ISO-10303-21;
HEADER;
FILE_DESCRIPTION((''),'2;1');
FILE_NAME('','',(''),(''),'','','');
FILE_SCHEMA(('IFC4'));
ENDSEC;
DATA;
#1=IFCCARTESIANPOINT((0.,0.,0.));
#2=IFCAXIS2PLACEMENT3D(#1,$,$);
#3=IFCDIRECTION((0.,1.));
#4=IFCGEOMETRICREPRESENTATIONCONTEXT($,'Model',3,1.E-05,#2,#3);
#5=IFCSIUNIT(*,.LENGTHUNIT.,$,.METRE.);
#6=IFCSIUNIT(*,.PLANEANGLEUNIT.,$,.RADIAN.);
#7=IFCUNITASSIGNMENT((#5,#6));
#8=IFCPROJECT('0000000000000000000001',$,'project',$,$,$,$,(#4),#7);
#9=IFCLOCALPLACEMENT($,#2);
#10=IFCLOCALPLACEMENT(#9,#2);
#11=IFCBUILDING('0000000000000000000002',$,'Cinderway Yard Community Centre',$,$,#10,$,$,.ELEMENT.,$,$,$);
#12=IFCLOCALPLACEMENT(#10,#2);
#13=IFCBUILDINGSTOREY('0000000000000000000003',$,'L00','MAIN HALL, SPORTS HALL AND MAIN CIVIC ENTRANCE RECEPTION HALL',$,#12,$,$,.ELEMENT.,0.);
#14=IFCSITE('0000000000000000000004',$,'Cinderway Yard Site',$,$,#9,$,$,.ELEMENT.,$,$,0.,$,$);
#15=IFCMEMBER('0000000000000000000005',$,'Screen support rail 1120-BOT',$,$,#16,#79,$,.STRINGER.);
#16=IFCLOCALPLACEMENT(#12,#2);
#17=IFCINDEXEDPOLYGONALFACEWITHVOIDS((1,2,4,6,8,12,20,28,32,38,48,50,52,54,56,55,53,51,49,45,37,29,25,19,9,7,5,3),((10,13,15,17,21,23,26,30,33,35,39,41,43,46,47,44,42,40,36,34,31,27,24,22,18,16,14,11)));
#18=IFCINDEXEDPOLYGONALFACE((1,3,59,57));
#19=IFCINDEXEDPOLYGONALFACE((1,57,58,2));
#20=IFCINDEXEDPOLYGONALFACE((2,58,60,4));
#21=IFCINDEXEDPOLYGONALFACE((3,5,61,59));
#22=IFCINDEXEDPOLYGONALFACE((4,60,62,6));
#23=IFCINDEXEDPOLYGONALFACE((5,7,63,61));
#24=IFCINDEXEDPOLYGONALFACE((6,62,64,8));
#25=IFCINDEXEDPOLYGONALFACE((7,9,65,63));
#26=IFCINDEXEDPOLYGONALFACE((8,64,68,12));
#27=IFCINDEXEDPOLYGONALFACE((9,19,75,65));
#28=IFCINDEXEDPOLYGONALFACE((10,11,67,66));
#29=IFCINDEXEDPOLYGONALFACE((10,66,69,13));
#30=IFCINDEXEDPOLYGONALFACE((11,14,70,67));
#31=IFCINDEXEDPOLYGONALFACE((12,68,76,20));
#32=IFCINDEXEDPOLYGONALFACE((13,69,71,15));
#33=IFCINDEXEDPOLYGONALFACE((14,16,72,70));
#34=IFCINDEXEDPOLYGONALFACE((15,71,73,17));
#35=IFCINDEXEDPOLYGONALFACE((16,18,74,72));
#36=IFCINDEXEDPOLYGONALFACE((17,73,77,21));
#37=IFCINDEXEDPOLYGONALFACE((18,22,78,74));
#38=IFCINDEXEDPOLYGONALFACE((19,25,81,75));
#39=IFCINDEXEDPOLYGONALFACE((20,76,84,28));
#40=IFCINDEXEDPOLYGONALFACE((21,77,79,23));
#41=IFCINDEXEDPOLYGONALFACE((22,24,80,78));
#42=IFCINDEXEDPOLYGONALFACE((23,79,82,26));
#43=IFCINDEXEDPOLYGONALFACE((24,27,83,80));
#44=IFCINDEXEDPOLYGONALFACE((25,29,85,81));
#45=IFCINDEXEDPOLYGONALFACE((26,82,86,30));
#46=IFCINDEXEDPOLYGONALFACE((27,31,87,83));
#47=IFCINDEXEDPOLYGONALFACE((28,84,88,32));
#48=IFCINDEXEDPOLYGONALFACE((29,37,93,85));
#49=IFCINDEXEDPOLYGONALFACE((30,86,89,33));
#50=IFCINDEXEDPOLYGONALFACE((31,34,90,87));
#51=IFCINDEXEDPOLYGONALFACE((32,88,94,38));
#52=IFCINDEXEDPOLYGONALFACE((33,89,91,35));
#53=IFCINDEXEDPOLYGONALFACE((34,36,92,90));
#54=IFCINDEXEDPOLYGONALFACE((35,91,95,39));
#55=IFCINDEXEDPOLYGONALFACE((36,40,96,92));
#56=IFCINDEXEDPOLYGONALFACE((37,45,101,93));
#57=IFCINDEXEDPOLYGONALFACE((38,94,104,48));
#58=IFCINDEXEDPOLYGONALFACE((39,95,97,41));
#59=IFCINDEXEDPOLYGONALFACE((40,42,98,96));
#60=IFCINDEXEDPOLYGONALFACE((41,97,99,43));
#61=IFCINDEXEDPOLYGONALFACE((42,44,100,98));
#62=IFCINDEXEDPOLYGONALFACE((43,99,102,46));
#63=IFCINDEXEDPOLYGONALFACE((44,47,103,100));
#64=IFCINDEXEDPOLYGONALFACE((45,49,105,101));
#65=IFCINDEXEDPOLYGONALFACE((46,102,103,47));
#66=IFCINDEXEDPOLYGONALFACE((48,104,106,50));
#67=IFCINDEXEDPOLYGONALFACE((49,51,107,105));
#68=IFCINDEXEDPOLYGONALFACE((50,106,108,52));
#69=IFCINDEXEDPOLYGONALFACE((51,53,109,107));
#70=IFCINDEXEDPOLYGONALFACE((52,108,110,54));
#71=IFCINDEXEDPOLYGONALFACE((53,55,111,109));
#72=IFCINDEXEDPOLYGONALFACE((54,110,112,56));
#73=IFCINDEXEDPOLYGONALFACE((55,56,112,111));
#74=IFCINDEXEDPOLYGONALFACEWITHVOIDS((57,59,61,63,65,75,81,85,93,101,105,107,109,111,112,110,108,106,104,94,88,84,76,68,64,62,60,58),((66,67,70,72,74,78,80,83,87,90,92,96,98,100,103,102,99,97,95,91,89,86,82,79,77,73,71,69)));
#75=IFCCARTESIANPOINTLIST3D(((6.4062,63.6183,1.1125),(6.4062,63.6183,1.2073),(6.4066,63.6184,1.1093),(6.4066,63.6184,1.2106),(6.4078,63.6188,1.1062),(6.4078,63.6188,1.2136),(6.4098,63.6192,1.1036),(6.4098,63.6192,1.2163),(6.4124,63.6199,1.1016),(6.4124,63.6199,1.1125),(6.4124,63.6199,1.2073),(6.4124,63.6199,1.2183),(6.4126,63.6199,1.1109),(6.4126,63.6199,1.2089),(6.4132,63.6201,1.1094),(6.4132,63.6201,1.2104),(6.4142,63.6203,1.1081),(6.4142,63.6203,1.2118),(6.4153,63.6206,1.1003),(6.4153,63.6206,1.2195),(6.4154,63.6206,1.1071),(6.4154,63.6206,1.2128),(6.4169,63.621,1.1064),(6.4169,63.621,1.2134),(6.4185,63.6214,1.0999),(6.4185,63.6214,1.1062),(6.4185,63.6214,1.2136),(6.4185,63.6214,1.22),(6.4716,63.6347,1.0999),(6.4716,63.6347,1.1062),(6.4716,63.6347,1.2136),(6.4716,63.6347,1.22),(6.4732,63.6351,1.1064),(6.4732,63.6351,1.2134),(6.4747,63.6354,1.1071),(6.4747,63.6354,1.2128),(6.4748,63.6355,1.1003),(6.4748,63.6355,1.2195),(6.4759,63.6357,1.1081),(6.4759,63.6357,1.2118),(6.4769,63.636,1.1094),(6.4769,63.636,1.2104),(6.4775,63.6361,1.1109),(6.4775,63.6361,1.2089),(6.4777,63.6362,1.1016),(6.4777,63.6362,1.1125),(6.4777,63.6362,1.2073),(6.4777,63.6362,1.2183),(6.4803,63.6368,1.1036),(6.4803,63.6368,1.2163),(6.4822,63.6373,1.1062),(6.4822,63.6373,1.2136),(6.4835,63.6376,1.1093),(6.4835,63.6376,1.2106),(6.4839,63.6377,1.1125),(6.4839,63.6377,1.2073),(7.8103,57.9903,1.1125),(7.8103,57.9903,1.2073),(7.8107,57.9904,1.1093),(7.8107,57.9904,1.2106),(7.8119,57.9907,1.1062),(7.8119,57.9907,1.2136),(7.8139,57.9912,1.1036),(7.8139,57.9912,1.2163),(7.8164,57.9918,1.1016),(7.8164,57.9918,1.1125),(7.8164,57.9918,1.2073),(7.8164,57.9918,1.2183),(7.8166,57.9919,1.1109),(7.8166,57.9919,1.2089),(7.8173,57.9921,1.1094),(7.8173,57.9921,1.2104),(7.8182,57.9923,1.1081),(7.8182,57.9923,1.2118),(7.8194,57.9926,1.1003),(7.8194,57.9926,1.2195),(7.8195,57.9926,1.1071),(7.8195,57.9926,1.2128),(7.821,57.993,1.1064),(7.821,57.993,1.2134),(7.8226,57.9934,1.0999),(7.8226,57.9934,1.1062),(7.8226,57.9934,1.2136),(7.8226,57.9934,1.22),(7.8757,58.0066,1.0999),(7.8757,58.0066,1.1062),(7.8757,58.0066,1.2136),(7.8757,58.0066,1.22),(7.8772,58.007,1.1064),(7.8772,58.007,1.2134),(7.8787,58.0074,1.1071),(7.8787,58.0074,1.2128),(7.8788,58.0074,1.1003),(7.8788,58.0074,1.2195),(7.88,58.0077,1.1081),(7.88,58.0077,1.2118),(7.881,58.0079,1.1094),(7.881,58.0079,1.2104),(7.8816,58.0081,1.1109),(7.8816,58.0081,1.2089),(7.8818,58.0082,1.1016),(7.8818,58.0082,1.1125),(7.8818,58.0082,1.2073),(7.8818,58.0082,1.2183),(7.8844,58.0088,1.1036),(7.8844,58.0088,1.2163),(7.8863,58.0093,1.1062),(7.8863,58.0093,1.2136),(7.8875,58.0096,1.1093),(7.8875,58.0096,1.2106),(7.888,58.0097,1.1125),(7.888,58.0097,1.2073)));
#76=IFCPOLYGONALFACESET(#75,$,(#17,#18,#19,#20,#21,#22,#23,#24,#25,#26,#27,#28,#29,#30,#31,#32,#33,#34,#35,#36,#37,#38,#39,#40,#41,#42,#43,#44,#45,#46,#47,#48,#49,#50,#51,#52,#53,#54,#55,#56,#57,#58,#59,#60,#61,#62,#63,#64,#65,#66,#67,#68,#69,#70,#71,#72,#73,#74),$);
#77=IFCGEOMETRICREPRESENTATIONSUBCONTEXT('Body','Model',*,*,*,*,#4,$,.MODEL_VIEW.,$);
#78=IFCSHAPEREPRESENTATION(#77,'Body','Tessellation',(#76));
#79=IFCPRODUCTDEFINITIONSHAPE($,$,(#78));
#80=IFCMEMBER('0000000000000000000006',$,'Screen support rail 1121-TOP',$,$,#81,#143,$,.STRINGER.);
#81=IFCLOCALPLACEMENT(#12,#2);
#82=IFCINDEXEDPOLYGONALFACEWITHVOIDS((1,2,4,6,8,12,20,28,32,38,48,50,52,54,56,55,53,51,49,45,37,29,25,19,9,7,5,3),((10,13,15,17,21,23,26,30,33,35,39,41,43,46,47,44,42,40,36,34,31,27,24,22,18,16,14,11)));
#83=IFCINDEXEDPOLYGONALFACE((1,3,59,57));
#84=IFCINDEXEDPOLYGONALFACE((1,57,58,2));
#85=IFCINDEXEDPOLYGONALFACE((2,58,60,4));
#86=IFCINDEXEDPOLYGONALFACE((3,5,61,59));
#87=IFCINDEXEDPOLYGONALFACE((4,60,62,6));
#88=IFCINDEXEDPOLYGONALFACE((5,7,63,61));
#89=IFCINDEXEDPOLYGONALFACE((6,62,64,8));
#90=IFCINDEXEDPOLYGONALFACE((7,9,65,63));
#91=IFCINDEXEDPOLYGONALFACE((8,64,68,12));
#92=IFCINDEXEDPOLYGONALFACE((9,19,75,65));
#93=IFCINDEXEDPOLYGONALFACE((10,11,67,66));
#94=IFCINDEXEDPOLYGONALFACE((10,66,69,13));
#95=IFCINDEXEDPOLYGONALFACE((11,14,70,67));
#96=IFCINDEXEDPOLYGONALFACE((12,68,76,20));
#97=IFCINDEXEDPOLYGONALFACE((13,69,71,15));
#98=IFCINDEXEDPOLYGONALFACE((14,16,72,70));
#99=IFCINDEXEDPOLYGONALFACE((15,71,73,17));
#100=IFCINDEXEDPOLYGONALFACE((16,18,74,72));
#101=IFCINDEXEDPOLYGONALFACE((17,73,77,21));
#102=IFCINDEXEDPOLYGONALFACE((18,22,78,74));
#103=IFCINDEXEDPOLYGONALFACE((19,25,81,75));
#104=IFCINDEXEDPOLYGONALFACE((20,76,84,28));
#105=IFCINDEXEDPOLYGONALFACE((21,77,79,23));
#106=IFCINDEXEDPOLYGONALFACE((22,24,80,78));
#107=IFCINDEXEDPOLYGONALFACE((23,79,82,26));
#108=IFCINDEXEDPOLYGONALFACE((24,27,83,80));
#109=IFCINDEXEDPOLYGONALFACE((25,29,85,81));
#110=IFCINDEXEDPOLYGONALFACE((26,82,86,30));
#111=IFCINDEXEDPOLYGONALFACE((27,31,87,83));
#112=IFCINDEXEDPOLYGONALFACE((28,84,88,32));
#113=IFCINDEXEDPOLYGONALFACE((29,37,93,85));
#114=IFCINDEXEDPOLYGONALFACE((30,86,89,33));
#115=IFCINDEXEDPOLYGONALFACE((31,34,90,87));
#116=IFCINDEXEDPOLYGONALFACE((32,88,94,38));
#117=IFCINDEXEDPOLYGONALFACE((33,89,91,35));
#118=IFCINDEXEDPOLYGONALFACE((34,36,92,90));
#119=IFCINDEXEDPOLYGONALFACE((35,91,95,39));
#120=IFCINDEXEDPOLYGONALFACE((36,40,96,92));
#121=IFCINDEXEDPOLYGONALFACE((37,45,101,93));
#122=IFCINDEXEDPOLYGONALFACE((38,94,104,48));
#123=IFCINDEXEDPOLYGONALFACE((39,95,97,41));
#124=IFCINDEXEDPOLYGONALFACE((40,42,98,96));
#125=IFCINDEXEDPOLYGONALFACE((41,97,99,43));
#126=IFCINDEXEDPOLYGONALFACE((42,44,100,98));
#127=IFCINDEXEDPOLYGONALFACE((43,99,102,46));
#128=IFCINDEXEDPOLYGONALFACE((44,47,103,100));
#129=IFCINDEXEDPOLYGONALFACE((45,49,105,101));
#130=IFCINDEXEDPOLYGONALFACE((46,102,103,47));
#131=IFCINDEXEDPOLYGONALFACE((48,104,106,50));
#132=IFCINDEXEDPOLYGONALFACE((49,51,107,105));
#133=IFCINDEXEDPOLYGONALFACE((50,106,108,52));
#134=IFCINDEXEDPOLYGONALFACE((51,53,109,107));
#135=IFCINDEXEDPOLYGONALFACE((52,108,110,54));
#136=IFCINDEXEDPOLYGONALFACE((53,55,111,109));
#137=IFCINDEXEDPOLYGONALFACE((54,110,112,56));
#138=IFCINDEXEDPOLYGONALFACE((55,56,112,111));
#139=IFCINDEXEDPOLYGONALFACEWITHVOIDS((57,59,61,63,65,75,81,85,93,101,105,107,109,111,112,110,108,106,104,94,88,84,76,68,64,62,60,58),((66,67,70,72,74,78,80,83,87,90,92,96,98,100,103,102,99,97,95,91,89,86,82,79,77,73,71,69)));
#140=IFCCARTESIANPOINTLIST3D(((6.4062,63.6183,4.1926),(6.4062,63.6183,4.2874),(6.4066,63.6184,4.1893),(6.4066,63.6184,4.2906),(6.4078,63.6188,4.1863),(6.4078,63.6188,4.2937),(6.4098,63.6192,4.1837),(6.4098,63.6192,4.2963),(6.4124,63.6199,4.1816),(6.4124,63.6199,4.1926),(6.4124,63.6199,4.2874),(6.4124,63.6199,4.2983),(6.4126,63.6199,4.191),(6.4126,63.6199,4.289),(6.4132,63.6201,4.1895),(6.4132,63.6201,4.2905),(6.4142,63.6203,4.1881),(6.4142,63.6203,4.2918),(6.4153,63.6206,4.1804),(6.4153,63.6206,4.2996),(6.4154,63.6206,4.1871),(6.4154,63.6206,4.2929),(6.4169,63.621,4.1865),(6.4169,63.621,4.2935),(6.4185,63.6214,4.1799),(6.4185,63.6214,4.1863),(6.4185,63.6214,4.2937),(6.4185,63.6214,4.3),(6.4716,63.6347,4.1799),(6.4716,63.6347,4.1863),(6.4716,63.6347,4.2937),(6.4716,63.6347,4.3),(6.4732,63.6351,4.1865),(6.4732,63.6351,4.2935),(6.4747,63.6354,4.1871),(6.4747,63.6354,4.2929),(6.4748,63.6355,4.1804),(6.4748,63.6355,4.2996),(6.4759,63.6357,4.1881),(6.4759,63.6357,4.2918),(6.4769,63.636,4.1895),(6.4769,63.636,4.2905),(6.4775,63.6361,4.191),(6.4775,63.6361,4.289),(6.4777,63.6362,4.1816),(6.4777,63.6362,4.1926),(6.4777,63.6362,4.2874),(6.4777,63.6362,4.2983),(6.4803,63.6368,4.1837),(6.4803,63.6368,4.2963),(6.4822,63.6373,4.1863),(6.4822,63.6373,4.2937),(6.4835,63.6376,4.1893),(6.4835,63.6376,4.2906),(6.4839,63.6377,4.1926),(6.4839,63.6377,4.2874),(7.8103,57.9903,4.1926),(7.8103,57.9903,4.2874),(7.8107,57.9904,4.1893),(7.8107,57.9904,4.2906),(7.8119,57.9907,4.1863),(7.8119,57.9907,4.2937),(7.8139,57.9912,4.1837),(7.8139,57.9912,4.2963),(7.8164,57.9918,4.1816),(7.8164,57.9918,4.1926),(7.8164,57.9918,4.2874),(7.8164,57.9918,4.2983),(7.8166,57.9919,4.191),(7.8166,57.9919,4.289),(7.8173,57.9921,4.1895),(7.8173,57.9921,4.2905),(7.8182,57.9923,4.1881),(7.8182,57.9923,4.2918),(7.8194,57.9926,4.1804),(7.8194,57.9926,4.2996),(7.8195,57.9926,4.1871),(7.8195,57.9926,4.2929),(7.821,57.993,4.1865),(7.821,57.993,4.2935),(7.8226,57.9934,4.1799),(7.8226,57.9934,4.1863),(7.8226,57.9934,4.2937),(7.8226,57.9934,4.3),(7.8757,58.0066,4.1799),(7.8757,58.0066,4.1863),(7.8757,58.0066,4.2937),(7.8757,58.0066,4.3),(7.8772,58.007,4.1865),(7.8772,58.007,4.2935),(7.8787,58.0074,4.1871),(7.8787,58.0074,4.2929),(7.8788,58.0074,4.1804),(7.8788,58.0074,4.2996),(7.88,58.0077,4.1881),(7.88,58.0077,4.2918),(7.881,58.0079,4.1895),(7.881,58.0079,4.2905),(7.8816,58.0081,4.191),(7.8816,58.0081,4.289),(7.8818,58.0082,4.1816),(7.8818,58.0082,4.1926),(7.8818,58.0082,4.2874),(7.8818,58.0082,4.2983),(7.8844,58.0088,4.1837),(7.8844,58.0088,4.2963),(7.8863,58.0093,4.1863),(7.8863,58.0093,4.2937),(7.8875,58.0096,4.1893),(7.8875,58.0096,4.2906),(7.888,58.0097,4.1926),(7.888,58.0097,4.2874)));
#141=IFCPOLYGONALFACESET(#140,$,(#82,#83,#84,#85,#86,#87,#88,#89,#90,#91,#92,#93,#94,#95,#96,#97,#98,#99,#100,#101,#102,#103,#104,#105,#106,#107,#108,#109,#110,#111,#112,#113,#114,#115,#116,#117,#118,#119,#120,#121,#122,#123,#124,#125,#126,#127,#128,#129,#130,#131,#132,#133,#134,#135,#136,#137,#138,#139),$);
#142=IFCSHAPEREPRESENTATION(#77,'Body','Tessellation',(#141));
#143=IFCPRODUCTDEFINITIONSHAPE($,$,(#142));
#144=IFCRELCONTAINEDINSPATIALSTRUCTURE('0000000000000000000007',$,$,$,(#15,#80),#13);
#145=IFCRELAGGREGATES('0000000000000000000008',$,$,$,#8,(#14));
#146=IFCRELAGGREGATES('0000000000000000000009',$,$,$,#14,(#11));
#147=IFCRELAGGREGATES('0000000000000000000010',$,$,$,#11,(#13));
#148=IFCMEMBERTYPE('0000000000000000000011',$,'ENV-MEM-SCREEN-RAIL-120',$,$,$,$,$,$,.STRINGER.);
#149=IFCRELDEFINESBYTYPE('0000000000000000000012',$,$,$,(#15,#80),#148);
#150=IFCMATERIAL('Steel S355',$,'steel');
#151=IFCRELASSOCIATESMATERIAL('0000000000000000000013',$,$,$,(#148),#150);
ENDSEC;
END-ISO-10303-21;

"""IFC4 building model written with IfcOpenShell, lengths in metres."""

from ifc_helpers import new_model, si_unit, direction, frame, origin, origin_2d, place, context, subcontext, project, spatial, hollow_rectangle, extrude, material, material_profile, profile_set, type_object, element, save


model = new_model("IFC4")

# Units and contexts
model_context = context("Model", 3, precision=1e-05, world=origin(), true_north=direction((0.0, 1.0)))
body_context = subcontext(model_context, "Body", "Model", "MODEL_VIEW")
ifc_project = project(units=[si_unit("LENGTHUNIT", "METRE"), si_unit("PLANEANGLEUNIT", "RADIAN")], contexts=[model_context])

# Site, building, storey
site_placement = place(None, origin())
site = spatial("IfcSite", under=ifc_project, at=site_placement, Name="Cinderway Yard Site", CompositionType="ELEMENT", RefElevation=0.0)
building_placement = place(site_placement, origin())
building = spatial("IfcBuilding", under=site, at=building_placement, Name="Cinderway Yard Community Centre", CompositionType="ELEMENT")
storey_placement = place(building_placement, origin())
storey = spatial("IfcBuildingStorey", under=building, at=storey_placement, Name="L00", Description="MAIN HALL, SPORTS HALL AND MAIN CIVIC ENTRANCE RECEPTION HALL", CompositionType="ELEMENT", Elevation=0.0)

# Members
ifc_material_1 = material(Name="Steel S355", Category="steel")
ifc_material_profile_1 = material_profile(ifc_material_1, hollow_rectangle(XDim=0.0801, YDim=0.1201, WallThickness=0.0063, InnerFilletRadius=0.0063, OuterFilletRadius=0.0127, at=origin_2d()), Name="Steel S355")
ifc_profile_set_1 = profile_set([ifc_material_profile_1], Name="Steel S355")
member_type_1 = type_object("IfcMemberType", Name="ENV-MEM-SCREEN-RAIL-120", PredefinedType="STRINGER", material=ifc_profile_set_1)
for number, where, z_axis, x_axis, name in (
    (1, (7.8491, 58.0, 1.1599), (-0.24206, 0.970261, 0.0), (-0.970261, -0.24206, 0.0), "Screen support rail 1120-BOT"),
    (2, (7.8491, 58.0, 4.24), (-0.24206, 0.970261, 0.0), (-0.970261, -0.24206, 0.0), "Screen support rail 1121-TOP"),
):
    element("IfcMember", number, at=place(storey_placement, frame(where, z_axis=z_axis, x_axis=x_axis)), inside=storey, type_object=member_type_1, Name=name, PredefinedType="STRINGER", context=body_context, shape_type="SweptSolid", body=[
        extrude(hollow_rectangle(XDim=0.0801, YDim=0.1201, WallThickness=0.0063, InnerFilletRadius=0.0063, OuterFilletRadius=0.0127, at=origin_2d()), origin(), (0.0, 0.0, 1.0), 5.8005),
    ])

save(model, "model.ifc")
